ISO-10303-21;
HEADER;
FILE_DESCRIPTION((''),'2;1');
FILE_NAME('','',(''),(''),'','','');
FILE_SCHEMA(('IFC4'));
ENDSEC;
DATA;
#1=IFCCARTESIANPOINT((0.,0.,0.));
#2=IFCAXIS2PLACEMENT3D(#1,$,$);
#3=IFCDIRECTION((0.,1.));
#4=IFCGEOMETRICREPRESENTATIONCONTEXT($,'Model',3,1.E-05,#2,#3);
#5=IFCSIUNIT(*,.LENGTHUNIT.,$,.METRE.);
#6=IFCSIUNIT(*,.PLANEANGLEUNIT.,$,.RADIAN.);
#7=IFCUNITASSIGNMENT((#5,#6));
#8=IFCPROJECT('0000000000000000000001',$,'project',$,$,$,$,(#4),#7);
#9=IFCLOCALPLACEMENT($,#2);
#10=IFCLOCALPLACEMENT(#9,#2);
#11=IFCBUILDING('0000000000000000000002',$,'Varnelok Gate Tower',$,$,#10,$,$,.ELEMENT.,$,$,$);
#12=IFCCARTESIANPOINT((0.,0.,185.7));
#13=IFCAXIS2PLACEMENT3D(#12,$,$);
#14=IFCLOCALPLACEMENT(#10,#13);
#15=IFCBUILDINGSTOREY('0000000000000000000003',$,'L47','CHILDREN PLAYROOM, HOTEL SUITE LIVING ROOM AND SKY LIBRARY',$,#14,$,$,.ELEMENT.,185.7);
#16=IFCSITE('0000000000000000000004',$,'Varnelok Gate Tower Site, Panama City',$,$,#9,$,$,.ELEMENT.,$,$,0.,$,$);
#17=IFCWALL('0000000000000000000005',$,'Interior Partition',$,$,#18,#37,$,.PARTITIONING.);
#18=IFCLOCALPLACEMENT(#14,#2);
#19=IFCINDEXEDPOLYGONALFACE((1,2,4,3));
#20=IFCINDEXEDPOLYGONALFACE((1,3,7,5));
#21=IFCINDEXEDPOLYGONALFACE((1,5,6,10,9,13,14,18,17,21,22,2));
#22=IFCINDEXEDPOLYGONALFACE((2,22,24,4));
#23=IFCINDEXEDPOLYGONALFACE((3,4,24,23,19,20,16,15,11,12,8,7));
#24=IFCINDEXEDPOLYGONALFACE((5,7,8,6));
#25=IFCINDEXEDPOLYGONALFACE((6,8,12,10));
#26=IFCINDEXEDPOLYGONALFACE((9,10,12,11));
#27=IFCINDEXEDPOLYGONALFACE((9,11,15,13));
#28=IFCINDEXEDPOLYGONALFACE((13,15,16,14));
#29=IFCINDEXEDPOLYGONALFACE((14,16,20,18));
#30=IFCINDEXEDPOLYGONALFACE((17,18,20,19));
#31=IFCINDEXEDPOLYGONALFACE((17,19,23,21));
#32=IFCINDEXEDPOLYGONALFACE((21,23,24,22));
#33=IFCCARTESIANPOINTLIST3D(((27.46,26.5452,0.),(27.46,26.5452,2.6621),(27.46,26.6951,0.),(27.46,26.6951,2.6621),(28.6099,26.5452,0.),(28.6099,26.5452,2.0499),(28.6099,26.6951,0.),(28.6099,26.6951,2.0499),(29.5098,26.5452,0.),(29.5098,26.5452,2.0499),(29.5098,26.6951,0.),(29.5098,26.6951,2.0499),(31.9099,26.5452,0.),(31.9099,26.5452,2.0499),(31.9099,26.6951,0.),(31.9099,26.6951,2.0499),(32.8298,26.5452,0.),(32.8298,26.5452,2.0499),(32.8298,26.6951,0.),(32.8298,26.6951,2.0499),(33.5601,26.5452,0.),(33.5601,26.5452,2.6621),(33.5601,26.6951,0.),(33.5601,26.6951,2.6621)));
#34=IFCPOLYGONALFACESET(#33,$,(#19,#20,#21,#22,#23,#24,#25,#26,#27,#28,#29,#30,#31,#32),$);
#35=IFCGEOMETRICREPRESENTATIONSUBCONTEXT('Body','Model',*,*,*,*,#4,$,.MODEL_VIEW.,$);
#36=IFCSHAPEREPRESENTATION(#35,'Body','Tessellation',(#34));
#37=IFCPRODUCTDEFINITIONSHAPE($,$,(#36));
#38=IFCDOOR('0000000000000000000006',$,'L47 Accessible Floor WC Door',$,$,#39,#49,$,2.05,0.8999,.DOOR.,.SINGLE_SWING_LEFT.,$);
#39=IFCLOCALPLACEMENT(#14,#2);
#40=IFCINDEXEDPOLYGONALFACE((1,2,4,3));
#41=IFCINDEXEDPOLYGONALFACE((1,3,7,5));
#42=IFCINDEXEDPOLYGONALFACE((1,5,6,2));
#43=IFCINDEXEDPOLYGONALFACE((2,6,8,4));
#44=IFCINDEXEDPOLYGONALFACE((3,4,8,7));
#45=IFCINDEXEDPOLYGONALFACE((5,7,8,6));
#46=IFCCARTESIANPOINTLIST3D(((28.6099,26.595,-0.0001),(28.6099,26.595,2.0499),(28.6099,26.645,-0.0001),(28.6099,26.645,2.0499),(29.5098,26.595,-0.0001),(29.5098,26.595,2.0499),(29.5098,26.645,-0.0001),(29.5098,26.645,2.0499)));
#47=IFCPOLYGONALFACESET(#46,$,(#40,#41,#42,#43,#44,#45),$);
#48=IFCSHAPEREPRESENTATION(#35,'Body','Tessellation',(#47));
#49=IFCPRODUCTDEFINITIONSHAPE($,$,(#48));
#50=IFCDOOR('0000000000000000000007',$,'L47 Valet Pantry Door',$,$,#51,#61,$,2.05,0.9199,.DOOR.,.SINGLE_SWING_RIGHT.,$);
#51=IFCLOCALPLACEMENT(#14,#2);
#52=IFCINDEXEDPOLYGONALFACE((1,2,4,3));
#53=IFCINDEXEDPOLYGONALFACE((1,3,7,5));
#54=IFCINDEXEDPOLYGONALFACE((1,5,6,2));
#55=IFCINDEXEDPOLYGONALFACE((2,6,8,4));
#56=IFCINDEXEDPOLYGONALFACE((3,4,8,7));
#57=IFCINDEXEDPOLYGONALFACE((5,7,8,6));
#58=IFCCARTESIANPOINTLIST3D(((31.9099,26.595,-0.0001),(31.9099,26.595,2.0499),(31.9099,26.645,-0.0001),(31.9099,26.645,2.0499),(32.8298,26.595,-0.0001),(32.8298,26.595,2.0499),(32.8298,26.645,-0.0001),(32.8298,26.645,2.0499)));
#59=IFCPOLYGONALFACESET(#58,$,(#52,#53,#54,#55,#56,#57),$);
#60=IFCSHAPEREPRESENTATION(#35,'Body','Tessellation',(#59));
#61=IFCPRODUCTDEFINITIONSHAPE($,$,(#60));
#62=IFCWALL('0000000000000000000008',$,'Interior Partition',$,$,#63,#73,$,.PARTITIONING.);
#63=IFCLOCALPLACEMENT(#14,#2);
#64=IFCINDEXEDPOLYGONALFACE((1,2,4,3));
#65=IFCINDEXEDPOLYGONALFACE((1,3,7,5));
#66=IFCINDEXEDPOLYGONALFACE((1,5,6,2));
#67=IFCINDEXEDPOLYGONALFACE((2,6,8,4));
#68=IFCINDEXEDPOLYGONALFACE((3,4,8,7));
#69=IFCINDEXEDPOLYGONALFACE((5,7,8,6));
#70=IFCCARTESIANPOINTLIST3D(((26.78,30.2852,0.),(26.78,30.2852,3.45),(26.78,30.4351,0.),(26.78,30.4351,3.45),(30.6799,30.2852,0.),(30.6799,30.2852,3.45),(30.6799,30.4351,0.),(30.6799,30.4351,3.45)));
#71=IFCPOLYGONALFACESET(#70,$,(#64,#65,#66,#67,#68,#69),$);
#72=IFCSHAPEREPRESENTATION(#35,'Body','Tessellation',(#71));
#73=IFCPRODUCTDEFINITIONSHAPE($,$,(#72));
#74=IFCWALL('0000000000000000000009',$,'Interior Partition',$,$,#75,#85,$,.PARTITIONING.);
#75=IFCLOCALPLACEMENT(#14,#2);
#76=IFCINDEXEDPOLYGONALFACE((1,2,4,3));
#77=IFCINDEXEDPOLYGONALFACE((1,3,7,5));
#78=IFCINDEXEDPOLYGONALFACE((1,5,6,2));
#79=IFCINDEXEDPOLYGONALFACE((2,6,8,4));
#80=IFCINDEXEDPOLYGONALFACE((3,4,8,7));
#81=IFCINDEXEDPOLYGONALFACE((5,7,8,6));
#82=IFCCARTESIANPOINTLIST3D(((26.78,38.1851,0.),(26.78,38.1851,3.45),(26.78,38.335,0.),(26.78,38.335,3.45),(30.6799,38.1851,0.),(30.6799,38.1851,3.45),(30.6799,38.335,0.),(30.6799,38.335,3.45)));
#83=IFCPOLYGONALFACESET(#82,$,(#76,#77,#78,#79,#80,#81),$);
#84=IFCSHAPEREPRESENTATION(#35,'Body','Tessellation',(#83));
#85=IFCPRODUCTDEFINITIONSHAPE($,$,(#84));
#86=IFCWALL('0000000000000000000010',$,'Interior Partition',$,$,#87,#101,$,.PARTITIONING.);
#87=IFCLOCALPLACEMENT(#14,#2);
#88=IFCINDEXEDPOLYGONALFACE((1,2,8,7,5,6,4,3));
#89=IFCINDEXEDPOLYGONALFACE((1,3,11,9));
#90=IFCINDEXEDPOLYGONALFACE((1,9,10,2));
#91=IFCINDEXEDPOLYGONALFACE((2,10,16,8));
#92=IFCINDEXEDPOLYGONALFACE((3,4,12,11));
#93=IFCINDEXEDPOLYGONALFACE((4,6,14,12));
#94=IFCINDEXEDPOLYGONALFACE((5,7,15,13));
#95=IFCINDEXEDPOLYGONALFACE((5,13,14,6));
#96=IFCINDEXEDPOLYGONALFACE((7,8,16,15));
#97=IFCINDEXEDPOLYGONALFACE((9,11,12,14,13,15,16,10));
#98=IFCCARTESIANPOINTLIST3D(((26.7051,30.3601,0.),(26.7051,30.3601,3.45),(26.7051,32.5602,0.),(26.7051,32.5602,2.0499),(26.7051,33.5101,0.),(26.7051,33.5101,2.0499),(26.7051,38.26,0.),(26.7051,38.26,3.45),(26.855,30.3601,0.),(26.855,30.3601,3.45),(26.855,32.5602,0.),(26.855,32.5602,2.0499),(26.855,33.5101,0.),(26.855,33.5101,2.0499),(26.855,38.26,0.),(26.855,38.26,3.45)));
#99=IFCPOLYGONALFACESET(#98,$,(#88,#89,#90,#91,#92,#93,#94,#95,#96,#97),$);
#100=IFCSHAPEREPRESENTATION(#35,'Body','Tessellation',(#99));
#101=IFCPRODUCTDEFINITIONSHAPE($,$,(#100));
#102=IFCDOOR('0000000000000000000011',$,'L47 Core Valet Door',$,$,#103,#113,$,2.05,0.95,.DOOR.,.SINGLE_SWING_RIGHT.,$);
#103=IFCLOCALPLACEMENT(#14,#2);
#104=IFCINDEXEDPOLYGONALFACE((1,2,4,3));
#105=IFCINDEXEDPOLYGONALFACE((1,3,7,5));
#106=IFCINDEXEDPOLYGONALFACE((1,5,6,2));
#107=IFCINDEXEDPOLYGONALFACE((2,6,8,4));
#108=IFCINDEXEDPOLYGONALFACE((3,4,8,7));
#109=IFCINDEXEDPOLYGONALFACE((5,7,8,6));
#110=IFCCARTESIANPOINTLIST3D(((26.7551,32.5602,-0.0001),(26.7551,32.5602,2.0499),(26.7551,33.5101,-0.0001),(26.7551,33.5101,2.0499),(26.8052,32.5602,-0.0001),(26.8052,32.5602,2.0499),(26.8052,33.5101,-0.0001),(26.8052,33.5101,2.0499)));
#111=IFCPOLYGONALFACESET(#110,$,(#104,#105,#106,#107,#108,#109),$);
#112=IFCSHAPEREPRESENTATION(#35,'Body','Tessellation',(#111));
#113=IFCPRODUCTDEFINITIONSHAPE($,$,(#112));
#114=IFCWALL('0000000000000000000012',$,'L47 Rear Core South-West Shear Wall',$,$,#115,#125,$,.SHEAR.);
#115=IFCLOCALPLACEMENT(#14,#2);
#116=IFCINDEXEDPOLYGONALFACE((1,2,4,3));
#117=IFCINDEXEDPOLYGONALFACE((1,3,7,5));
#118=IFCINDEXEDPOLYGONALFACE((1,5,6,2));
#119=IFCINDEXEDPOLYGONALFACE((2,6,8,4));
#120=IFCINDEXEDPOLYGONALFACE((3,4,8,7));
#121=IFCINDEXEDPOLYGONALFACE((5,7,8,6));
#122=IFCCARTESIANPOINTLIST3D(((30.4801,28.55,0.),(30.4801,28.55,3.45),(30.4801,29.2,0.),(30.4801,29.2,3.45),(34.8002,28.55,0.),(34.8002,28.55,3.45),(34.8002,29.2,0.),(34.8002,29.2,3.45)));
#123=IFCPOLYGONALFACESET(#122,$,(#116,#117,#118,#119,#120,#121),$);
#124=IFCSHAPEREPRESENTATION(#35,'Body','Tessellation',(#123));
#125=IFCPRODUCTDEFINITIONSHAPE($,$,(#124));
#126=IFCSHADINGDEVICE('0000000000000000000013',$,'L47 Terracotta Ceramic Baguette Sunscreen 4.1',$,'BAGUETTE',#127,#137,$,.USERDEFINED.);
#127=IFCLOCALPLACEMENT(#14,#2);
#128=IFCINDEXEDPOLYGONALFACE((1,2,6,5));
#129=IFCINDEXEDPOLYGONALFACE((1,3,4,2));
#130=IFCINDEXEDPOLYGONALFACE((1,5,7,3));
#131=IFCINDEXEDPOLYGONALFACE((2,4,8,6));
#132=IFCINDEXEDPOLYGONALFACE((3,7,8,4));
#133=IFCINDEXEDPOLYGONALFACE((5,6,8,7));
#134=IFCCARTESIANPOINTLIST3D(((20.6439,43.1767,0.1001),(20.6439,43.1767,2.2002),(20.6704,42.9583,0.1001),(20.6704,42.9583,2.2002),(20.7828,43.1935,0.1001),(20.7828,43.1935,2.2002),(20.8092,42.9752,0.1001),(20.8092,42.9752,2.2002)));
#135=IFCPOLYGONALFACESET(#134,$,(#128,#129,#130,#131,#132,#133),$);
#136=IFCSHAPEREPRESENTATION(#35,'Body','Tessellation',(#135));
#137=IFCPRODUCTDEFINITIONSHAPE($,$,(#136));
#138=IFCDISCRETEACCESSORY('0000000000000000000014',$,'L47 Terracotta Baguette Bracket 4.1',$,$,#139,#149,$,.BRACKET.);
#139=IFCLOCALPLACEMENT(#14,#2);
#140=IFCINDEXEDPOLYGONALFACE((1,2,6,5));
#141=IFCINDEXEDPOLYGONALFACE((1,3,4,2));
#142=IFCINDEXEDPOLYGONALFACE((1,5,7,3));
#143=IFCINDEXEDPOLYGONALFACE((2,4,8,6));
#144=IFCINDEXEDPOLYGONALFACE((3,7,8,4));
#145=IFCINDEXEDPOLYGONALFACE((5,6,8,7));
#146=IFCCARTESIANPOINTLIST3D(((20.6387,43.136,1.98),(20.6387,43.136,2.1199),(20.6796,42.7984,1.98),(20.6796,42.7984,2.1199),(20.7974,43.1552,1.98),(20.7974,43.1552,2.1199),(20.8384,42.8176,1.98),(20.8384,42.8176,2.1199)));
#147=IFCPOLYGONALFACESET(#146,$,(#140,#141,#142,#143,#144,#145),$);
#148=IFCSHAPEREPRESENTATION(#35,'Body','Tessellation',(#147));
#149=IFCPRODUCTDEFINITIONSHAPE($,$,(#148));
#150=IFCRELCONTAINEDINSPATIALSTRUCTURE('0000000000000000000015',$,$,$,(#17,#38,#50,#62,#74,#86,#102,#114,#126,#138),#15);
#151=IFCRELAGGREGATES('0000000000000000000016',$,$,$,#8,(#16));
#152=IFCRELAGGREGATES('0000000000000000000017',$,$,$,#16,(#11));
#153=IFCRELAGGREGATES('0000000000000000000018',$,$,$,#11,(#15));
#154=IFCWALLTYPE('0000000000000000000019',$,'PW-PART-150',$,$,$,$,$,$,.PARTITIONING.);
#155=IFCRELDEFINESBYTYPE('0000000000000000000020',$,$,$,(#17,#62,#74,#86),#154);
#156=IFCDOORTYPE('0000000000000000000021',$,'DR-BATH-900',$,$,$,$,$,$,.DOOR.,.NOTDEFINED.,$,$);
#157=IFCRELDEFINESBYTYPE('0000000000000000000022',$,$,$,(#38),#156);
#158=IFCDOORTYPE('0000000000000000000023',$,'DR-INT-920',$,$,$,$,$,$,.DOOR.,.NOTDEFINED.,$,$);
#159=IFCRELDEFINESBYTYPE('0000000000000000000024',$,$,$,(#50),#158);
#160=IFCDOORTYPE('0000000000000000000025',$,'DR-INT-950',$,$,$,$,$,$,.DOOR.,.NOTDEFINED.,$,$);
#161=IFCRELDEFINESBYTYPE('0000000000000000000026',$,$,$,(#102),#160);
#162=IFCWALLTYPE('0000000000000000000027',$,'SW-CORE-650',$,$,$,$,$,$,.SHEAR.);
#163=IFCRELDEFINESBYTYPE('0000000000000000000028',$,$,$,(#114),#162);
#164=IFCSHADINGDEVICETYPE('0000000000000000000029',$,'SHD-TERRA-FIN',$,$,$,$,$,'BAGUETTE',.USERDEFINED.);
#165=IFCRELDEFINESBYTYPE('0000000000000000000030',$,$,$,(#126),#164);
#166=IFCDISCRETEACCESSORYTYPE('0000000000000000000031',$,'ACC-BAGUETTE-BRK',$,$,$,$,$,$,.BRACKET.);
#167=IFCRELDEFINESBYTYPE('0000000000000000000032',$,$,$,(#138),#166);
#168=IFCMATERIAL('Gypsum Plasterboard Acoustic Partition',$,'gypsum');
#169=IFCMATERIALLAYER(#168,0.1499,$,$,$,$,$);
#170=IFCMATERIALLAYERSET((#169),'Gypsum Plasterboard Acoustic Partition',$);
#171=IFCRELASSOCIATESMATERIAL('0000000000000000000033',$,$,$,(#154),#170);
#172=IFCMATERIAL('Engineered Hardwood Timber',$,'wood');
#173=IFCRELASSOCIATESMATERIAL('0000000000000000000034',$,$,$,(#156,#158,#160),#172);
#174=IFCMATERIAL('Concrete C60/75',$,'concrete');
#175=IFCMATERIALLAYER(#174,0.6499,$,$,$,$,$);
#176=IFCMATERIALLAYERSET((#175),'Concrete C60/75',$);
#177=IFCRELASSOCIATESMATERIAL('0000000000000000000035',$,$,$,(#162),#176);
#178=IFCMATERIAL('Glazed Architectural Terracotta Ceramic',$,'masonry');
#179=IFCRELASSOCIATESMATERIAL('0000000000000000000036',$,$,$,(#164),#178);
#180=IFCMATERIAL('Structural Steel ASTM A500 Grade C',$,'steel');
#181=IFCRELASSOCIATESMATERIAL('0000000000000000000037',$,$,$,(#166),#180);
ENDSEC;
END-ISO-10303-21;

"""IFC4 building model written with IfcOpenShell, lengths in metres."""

from ifc_helpers import new_model, si_unit, direction, frame, frame_2d, origin, origin_2d, place, context, subcontext, project, spatial, rectangle, extrude, source, transform, mapped, material, layer, layer_set, type_object, element, fill, save


model = new_model("IFC4")

# Units and contexts
model_context = context("Model", 3, precision=1e-05, world=origin(), true_north=direction((0.0, 1.0)))
body_context = subcontext(model_context, "Body", "Model", "MODEL_VIEW")
ifc_project = project(units=[si_unit("LENGTHUNIT", "METRE"), si_unit("PLANEANGLEUNIT", "RADIAN")], contexts=[model_context])

# Site, building, storey
site_placement = place(None, origin())
site = spatial("IfcSite", under=ifc_project, at=site_placement, Name="Varnelok Gate Tower Site, Panama City", CompositionType="ELEMENT", RefElevation=0.0)
building_placement = place(site_placement, origin())
building = spatial("IfcBuilding", under=site, at=building_placement, Name="Varnelok Gate Tower", CompositionType="ELEMENT")
storey_placement = place(building_placement, frame((0.0, 0.0, 185.7)))
storey = spatial("IfcBuildingStorey", under=building, at=storey_placement, Name="L47", Description="CHILDREN PLAYROOM, HOTEL SUITE LIVING ROOM AND SKY LIBRARY", CompositionType="ELEMENT", Elevation=185.7)

# Wall, openings, doors
ifc_material_1 = material(Name="Gypsum Plasterboard Acoustic Partition", Category="gypsum")
ifc_layer_1 = layer(ifc_material_1, 0.1499)
ifc_layer_set_1 = layer_set([ifc_layer_1], Name="Gypsum Plasterboard Acoustic Partition")
wall_type_1 = type_object("IfcWallType", Name="PW-PART-150", PredefinedType="PARTITIONING", material=ifc_layer_set_1)
wall_1_placement = place(storey_placement, frame((27.46, 26.6201, 0.0), z_axis=(0.0, 0.0, 1.0), x_axis=(1.0, 0.0, 0.0)))
wall_1 = element("IfcWall", 1, at=wall_1_placement, inside=storey, type_object=wall_type_1, Name="Interior Partition", PredefinedType="PARTITIONING", context=body_context, shape_type="SweptSolid", body=[
    extrude(rectangle(XDim=6.1001, YDim=0.1499, at=frame_2d((3.05, 0.0))), origin(), (0.0, 0.0, 1.0), 2.6621),
])
opening_1_placement = place(wall_1_placement, frame((1.1499, 0.0, 0.0)))
opening_1 = element("IfcOpeningElement", 2, at=opening_1_placement, cuts=wall_1, PredefinedType="OPENING", context=body_context, shape_type="SweptSolid", body=[
    extrude(rectangle(XDim=0.8999, YDim=2.05, at=frame_2d((0.45, 1.0249))), frame((0.0, 0.085, 0.0), z_axis=(0.0, -1.0, 0.0), x_axis=(1.0, 0.0, 0.0)), (0.0, 0.0, 1.0), 0.1699),
])
opening_2_placement = place(wall_1_placement, frame((4.45, 0.0, 0.0)))
opening_2 = element("IfcOpeningElement", 3, at=opening_2_placement, cuts=wall_1, PredefinedType="OPENING", context=body_context, shape_type="SweptSolid", body=[
    extrude(rectangle(XDim=0.9199, YDim=2.05, at=frame_2d((0.46, 1.0249))), frame((0.0, 0.085, 0.0), z_axis=(0.0, -1.0, 0.0), x_axis=(1.0, 0.0, 0.0)), (0.0, 0.0, 1.0), 0.1699),
])
ifc_material_2 = material(Name="Engineered Hardwood Timber", Category="wood")
door_type_1 = type_object("IfcDoorType", Name="DR-BATH-900", OperationType="NOTDEFINED", PredefinedType="DOOR", material=ifc_material_2)
door_1_placement = place(opening_1_placement, origin())
door_1 = element("IfcDoor", 4, at=door_1_placement, inside=storey, type_object=door_type_1, Name="L47 Accessible Floor WC Door", OperationType="SINGLE_SWING_LEFT", OverallHeight=2.05, OverallWidth=0.8999, PredefinedType="DOOR", context=body_context, shape_type="SweptSolid", body=[
    extrude(rectangle(XDim=0.8999, YDim=2.05, at=frame_2d((0.45, 1.0249))), frame((0.0, 0.0249, 0.0), z_axis=(0.0, -1.0, 0.0), x_axis=(1.0, 0.0, 0.0)), (0.0, 0.0, 1.0), 0.05),
])
fill(opening_1, door_1)
door_type_2 = type_object("IfcDoorType", Name="DR-INT-920", OperationType="NOTDEFINED", PredefinedType="DOOR", material=ifc_material_2)
door_2_placement = place(opening_2_placement, origin())
door_2 = element("IfcDoor", 5, at=door_2_placement, inside=storey, type_object=door_type_2, Name="L47 Valet Pantry Door", OperationType="SINGLE_SWING_RIGHT", OverallHeight=2.05, OverallWidth=0.9199, PredefinedType="DOOR", context=body_context, shape_type="SweptSolid", body=[
    extrude(rectangle(XDim=0.9199, YDim=2.05, at=frame_2d((0.46, 1.0249))), frame((0.0, 0.0249, 0.0), z_axis=(0.0, -1.0, 0.0), x_axis=(1.0, 0.0, 0.0)), (0.0, 0.0, 1.0), 0.05),
])
fill(opening_2, door_2)

# Walls
for number, where, z_axis, x_axis, name in (
    (6, (26.78, 30.3601, 0.0), (0.0, 0.0, 1.0), (1.0, 0.0, 0.0), "Interior Partition"),
    (7, (26.78, 38.26, 0.0), (0.0, 0.0, 1.0), (1.0, 0.0, 0.0), "Interior Partition"),
):
    element("IfcWall", number, at=place(storey_placement, frame(where, z_axis=z_axis, x_axis=x_axis)), inside=storey, type_object=wall_type_1, Name=name, PredefinedType="PARTITIONING", context=body_context, shape_type="SweptSolid", body=[
        extrude(rectangle(XDim=3.8999, YDim=0.1499, at=frame_2d((1.95, 0.0))), origin(), (0.0, 0.0, 1.0), 3.45),
    ])

# Wall, opening, door
wall_2_placement = place(storey_placement, frame((26.78, 30.3601, 0.0), z_axis=(0.0, 0.0, 1.0), x_axis=(0.0, 1.0, 0.0)))
wall_2 = element("IfcWall", 8, at=wall_2_placement, inside=storey, type_object=wall_type_1, Name="Interior Partition", PredefinedType="PARTITIONING", context=body_context, shape_type="SweptSolid", body=[
    extrude(rectangle(XDim=7.8999, YDim=0.1499, at=frame_2d((3.95, 0.0))), origin(), (0.0, 0.0, 1.0), 3.45),
])
opening_3_placement = place(wall_2_placement, frame((2.2, 0.0, 0.0)))
opening_3 = element("IfcOpeningElement", 9, at=opening_3_placement, cuts=wall_2, PredefinedType="OPENING", context=body_context, shape_type="SweptSolid", body=[
    extrude(rectangle(XDim=0.95, YDim=2.05, at=frame_2d((0.4751, 1.0249))), frame((0.0, 0.085, 0.0), z_axis=(0.0, -1.0, 0.0), x_axis=(1.0, 0.0, 0.0)), (0.0, 0.0, 1.0), 0.1699),
])
door_type_3 = type_object("IfcDoorType", Name="DR-INT-950", OperationType="NOTDEFINED", PredefinedType="DOOR", material=ifc_material_2)
door_3_placement = place(opening_3_placement, origin())
door_3 = element("IfcDoor", 10, at=door_3_placement, inside=storey, type_object=door_type_3, Name="L47 Core Valet Door", OperationType="SINGLE_SWING_RIGHT", OverallHeight=2.05, OverallWidth=0.95, PredefinedType="DOOR", context=body_context, shape_type="SweptSolid", body=[
    extrude(rectangle(XDim=0.95, YDim=2.05, at=frame_2d((0.4751, 1.0249))), frame((0.0, 0.0249, 0.0), z_axis=(0.0, -1.0, 0.0), x_axis=(1.0, 0.0, 0.0)), (0.0, 0.0, 1.0), 0.05),
])
fill(opening_3, door_3)

# Wall
ifc_material_3 = material(Name="Concrete C60/75", Category="concrete")
ifc_layer_2 = layer(ifc_material_3, 0.6499)
ifc_layer_set_2 = layer_set([ifc_layer_2], Name="Concrete C60/75")
wall_type_2 = type_object("IfcWallType", Name="SW-CORE-650", PredefinedType="SHEAR", material=ifc_layer_set_2)
wall_3_placement = place(storey_placement, frame((30.48, 28.875, 0.0), z_axis=(0.0, 0.0, 1.0), x_axis=(1.0, 0.0, 0.0)))
element("IfcWall", 11, at=wall_3_placement, inside=storey, type_object=wall_type_2, Name="L47 Rear Core South-West Shear Wall", PredefinedType="SHEAR", context=body_context, shape_type="SweptSolid", body=[
    extrude(rectangle(XDim=4.3201, YDim=0.6499, at=frame_2d((2.1602, 0.0))), origin(), (0.0, 0.0, 1.0), 3.45),
])

# Shading device
ifc_material_4 = material(Name="Glazed Architectural Terracotta Ceramic", Category="masonry")
shading_device_type = type_object("IfcShadingDeviceType", Name="SHD-TERRA-FIN", ElementType="BAGUETTE", PredefinedType="USERDEFINED", material=ifc_material_4)
shared_shape_1 = source(origin(), body_context, "Body", "SweptSolid", [
    extrude(rectangle(XDim=0.1399, YDim=0.22, at=origin_2d()), origin(), (0.0, 0.0, 1.0), 2.1001),
])
shading_device_placement = place(storey_placement, frame((20.7266, 43.0759, 0.1001), z_axis=(0.0, 0.0, 1.0), x_axis=(0.992732, 0.120345, 0.0)))
element("IfcShadingDevice", 12, at=shading_device_placement, inside=storey, type_object=shading_device_type, Name="L47 Terracotta Ceramic Baguette Sunscreen 4.1", ObjectType="BAGUETTE", PredefinedType="USERDEFINED", context=body_context, shape_type="MappedRepresentation", body=[
    mapped(shared_shape_1, transform((0.0, 0.0, 0.0), scale=1.0)),
])

# Discrete accessory
ifc_material_5 = material(Name="Structural Steel ASTM A500 Grade C", Category="steel")
discrete_accessory_type = type_object("IfcDiscreteAccessoryType", Name="ACC-BAGUETTE-BRK", PredefinedType="BRACKET", material=ifc_material_5)
shared_shape_2 = source(origin(), body_context, "Body", "SweptSolid", [
    extrude(rectangle(XDim=0.1599, YDim=0.3401, at=origin_2d()), origin(), (0.0, 0.0, 1.0), 0.1399),
])
discrete_accessory_placement = place(storey_placement, frame((20.7385, 42.9768, 1.98), z_axis=(0.0, 0.0, 1.0), x_axis=(0.992732, 0.120345, 0.0)))
element("IfcDiscreteAccessory", 13, at=discrete_accessory_placement, inside=storey, type_object=discrete_accessory_type, Name="L47 Terracotta Baguette Bracket 4.1", PredefinedType="BRACKET", context=body_context, shape_type="MappedRepresentation", body=[
    mapped(shared_shape_2, transform((0.0, 0.0, 0.0), scale=1.0)),
])

save(model, "model.ifc")
